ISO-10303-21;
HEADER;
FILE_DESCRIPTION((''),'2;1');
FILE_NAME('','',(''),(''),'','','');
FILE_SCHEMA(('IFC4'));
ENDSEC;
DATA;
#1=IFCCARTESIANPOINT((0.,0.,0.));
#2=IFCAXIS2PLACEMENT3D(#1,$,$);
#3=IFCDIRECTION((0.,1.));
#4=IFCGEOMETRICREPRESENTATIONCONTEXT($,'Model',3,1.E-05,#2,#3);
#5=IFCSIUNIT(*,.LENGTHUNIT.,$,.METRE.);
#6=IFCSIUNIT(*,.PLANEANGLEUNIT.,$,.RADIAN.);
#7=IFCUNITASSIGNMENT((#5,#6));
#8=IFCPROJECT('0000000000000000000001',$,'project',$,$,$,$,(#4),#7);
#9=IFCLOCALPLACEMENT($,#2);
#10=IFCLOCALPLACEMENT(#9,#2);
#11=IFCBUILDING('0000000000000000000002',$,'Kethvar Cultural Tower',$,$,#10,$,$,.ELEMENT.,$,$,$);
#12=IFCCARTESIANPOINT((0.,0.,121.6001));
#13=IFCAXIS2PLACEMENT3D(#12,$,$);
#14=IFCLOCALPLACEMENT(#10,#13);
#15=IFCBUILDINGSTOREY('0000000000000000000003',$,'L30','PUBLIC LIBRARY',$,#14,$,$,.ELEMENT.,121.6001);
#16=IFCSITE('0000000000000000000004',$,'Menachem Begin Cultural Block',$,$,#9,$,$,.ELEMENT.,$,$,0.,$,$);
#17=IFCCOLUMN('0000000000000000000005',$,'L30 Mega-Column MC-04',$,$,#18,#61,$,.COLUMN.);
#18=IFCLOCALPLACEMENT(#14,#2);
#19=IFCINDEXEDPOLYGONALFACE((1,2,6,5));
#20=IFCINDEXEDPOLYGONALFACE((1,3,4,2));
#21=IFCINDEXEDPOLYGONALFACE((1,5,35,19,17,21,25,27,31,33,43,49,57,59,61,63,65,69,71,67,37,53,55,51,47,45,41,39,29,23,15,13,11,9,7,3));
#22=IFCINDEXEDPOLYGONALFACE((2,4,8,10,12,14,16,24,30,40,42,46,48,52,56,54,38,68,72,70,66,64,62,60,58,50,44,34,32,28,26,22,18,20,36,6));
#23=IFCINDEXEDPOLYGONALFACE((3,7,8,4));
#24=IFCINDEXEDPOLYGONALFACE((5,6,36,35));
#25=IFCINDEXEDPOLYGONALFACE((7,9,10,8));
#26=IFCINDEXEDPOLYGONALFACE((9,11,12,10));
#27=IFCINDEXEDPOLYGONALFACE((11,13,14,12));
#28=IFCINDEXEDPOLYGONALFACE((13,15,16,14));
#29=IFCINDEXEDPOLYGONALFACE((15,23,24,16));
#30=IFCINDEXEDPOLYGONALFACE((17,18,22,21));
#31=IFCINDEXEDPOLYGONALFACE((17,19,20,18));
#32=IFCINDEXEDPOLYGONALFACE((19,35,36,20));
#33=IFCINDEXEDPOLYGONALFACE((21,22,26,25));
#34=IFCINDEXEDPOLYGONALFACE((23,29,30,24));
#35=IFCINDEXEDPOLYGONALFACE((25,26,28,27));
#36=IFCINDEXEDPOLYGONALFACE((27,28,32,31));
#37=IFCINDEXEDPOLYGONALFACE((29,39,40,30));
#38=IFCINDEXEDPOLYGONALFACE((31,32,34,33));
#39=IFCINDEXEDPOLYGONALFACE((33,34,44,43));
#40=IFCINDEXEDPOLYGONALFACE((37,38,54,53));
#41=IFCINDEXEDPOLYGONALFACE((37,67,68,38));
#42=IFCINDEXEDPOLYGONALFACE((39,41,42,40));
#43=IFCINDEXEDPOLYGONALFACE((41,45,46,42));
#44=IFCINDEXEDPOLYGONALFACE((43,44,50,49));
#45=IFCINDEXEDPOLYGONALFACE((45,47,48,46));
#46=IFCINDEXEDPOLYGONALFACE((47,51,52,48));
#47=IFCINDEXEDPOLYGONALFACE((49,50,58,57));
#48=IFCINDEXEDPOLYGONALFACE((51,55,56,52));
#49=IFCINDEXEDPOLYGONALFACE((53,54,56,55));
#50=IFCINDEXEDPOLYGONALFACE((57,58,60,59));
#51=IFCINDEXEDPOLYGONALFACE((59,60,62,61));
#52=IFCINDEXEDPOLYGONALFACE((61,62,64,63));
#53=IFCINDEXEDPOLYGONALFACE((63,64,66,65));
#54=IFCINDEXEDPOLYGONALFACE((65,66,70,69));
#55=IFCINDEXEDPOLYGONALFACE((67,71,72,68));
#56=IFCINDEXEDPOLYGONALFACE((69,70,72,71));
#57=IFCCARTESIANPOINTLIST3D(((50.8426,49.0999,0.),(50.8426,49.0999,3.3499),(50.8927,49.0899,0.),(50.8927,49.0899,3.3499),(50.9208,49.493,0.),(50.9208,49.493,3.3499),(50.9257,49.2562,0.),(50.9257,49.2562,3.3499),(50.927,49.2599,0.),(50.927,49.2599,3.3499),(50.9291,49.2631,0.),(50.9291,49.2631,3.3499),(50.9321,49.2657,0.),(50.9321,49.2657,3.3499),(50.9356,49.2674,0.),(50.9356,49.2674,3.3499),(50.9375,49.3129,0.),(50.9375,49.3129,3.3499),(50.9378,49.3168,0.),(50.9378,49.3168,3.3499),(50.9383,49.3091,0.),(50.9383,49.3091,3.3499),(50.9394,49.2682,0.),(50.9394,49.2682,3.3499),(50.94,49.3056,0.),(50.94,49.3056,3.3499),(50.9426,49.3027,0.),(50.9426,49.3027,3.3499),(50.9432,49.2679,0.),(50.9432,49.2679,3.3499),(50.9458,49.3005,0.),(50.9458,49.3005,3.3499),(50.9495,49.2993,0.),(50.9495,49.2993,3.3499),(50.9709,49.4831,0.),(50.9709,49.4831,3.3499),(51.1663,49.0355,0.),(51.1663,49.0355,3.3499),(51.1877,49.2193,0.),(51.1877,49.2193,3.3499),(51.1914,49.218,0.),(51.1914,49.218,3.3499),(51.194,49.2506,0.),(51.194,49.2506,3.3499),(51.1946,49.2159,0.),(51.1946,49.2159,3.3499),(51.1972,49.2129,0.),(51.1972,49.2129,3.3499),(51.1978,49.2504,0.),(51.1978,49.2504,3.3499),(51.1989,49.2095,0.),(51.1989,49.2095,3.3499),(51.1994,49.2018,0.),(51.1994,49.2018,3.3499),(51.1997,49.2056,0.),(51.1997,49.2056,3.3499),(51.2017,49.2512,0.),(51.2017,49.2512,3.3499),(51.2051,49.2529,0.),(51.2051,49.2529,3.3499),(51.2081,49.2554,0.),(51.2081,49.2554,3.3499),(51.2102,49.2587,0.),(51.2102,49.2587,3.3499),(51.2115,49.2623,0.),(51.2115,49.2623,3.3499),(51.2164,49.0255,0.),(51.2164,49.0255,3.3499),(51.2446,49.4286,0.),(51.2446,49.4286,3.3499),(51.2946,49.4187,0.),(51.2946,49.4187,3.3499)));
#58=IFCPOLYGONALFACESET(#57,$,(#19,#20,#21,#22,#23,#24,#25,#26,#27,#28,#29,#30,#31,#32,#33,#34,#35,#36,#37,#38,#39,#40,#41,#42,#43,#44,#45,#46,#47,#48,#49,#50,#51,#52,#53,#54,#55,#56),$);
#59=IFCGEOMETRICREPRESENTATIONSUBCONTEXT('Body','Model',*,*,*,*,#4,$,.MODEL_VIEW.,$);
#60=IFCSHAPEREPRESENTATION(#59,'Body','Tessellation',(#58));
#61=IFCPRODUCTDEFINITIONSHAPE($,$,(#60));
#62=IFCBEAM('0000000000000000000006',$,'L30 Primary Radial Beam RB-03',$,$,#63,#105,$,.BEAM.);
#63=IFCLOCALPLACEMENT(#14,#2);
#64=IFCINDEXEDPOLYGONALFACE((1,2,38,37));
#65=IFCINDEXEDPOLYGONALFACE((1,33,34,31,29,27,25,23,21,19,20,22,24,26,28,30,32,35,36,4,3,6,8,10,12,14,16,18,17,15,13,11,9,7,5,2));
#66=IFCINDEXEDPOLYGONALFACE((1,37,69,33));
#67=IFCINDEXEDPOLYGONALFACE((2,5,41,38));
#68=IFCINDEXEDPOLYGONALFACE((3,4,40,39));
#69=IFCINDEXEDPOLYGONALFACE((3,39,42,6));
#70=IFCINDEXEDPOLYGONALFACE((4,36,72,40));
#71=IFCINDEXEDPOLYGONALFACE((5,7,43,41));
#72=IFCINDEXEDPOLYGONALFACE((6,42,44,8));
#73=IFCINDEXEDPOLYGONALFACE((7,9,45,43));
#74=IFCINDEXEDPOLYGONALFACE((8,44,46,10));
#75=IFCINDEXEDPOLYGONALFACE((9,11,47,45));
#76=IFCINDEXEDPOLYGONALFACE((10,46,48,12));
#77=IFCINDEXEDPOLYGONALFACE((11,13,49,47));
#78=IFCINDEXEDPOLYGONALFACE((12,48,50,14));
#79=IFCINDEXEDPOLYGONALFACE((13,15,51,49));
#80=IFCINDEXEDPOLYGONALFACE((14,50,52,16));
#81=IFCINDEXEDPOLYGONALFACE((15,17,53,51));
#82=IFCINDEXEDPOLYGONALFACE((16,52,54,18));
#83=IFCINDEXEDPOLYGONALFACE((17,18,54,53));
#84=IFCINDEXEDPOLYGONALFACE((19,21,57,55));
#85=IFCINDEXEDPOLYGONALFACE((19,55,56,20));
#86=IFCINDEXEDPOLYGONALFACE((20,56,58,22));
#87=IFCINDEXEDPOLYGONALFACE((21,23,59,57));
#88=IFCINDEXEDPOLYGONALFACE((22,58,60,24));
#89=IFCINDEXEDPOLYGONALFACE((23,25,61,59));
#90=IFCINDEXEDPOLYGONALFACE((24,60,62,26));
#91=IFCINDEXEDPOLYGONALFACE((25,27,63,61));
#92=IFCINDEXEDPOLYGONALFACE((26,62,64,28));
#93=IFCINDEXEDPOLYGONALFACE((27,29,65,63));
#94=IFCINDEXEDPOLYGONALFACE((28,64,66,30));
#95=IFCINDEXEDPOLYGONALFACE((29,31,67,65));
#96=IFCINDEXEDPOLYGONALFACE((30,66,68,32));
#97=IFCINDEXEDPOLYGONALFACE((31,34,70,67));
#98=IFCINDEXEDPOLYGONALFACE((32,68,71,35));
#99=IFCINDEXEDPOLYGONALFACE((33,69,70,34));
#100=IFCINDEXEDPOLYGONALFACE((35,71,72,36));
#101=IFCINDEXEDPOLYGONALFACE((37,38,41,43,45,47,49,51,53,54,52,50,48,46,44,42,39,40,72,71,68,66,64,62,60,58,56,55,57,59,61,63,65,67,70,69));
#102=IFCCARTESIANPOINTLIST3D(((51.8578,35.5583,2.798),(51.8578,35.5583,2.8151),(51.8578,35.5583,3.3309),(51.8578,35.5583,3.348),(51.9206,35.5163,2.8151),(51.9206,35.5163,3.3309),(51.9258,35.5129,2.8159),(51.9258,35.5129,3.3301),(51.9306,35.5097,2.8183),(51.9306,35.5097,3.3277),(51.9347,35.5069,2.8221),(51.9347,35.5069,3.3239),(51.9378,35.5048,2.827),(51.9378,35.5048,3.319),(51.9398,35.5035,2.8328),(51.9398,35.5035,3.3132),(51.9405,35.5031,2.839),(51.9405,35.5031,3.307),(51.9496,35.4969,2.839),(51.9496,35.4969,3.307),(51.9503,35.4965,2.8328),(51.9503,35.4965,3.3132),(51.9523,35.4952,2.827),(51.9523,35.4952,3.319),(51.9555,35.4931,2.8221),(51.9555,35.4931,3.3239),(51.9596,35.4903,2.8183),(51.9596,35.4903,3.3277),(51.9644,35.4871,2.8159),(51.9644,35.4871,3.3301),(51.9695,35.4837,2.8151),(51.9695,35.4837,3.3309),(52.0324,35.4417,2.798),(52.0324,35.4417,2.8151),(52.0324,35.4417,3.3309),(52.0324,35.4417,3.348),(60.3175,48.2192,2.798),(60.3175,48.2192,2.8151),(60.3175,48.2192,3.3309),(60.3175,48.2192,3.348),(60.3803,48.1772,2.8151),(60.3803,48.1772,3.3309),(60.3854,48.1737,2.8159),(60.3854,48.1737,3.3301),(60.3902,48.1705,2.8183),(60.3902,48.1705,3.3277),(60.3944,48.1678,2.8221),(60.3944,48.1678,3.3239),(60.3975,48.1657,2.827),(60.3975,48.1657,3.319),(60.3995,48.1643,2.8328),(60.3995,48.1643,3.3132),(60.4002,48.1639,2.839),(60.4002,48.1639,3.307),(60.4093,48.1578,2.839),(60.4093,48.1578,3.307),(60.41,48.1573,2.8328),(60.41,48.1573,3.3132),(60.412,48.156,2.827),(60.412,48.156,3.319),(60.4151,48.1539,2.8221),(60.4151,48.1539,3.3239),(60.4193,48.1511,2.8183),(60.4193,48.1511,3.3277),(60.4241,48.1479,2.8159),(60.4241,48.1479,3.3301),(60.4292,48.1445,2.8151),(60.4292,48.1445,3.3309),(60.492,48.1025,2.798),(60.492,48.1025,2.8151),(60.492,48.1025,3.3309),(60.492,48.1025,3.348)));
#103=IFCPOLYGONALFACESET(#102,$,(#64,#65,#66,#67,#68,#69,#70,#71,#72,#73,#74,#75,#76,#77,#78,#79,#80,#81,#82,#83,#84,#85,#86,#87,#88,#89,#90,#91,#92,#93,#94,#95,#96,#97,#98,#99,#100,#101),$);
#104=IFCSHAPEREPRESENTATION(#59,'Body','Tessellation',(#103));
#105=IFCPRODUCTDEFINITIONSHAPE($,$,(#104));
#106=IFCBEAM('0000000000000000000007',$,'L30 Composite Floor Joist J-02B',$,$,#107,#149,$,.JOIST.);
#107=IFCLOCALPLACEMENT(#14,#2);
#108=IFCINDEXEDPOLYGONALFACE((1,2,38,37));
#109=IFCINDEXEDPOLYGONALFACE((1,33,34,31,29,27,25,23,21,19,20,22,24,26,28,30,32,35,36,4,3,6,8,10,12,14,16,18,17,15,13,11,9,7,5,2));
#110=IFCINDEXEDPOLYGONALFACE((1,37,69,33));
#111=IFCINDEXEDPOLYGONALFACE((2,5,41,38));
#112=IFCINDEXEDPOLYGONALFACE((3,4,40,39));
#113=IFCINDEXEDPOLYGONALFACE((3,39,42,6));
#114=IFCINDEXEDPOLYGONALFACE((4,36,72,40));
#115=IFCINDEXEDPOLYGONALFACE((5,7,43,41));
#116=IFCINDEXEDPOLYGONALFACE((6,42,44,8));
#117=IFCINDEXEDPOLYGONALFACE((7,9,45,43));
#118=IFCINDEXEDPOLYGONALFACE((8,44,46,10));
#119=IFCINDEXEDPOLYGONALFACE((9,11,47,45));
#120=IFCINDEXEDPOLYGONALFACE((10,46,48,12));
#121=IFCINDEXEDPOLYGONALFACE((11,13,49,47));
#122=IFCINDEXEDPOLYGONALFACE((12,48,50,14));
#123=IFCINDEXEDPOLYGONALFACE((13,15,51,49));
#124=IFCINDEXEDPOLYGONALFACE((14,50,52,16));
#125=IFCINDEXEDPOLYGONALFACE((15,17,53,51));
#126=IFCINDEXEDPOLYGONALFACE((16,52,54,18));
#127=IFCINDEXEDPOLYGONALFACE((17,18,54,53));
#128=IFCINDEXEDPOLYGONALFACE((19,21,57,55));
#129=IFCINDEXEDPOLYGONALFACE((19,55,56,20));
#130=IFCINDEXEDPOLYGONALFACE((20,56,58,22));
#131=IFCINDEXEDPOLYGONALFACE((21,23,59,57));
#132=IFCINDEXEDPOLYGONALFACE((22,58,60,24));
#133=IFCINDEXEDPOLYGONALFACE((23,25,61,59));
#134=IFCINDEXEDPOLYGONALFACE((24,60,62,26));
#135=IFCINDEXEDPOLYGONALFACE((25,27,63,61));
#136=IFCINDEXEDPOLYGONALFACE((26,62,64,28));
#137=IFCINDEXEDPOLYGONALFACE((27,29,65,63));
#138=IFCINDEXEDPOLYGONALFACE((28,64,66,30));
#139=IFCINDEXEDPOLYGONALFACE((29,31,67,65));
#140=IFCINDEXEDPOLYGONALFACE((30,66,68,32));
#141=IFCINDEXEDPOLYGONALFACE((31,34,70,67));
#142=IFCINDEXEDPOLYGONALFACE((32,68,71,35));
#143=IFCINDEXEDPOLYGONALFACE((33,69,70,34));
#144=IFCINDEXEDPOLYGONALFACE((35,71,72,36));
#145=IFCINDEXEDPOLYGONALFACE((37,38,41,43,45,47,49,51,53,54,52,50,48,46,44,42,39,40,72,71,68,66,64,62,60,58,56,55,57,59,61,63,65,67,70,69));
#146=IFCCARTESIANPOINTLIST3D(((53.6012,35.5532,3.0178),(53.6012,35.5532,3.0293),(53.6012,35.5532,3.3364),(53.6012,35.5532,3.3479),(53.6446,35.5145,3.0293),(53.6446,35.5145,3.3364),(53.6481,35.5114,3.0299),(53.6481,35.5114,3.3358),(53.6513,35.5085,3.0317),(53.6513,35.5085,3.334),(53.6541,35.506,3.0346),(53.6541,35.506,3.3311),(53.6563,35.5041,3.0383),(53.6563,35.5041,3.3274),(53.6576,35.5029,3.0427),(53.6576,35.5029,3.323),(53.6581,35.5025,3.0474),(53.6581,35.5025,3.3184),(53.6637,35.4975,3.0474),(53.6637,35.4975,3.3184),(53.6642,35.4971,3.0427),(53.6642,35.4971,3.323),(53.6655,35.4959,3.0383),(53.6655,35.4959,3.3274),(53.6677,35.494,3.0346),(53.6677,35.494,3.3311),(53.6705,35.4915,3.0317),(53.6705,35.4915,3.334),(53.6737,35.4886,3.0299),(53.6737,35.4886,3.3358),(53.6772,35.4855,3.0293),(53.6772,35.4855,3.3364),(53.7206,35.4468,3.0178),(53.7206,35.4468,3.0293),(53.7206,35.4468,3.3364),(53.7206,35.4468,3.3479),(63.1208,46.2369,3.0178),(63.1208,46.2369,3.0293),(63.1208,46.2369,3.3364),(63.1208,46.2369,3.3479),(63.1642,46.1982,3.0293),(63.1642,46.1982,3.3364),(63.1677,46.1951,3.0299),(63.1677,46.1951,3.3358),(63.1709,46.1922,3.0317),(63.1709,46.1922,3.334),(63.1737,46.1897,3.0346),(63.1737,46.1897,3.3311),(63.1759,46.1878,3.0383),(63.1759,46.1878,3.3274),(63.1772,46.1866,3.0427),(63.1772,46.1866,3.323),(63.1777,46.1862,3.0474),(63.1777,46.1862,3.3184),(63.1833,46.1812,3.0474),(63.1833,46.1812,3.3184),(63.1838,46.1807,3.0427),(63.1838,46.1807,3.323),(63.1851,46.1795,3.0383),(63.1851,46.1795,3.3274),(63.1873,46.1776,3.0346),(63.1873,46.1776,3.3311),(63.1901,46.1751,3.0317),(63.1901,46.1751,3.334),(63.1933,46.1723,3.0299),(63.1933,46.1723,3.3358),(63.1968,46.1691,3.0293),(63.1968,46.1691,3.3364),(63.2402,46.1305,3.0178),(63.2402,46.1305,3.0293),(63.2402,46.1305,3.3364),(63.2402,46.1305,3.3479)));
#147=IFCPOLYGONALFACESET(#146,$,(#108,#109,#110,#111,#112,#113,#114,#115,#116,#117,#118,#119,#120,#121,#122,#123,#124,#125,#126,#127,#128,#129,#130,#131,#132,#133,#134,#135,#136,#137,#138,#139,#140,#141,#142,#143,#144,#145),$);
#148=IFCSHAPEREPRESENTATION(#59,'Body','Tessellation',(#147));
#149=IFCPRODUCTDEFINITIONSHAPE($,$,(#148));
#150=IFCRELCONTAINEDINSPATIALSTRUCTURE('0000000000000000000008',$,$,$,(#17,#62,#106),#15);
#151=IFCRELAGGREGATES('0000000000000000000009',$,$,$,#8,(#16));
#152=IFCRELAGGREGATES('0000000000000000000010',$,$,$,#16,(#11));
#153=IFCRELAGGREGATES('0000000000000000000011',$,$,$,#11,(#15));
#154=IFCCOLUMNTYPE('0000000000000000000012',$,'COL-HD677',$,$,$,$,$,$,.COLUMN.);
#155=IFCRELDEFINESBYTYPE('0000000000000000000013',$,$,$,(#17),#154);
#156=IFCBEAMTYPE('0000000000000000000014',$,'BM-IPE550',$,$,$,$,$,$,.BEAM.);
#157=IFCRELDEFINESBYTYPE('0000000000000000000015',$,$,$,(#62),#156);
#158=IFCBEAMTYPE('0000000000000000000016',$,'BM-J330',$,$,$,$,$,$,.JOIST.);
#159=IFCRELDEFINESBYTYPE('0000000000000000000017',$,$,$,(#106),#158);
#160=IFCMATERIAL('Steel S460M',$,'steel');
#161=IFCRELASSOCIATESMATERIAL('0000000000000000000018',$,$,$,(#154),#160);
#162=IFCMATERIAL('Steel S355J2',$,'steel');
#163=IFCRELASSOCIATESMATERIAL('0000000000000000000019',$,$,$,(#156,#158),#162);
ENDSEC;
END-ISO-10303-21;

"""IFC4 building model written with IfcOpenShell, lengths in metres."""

from ifc_helpers import new_model, si_unit, direction, frame, origin, origin_2d, place, context, subcontext, project, spatial, i_section, extrude, source, transform, mapped, material, material_profile, profile_set, type_object, element, save


model = new_model("IFC4")

# Units and contexts
model_context = context("Model", 3, precision=1e-05, world=origin(), true_north=direction((0.0, 1.0)))
body_context = subcontext(model_context, "Body", "Model", "MODEL_VIEW")
ifc_project = project(units=[si_unit("LENGTHUNIT", "METRE"), si_unit("PLANEANGLEUNIT", "RADIAN")], contexts=[model_context])

# Site, building, storey
site_placement = place(None, origin())
site = spatial("IfcSite", under=ifc_project, at=site_placement, Name="Menachem Begin Cultural Block", CompositionType="ELEMENT", RefElevation=0.0)
building_placement = place(site_placement, origin())
building = spatial("IfcBuilding", under=site, at=building_placement, Name="Kethvar Cultural Tower", CompositionType="ELEMENT")
storey_placement = place(building_placement, frame((0.0, 0.0, 121.6001)))
storey = spatial("IfcBuildingStorey", under=building, at=storey_placement, Name="L30", Description="PUBLIC LIBRARY", CompositionType="ELEMENT", Elevation=121.6001)

# Column
ifc_material_1 = material(Name="Steel S460M", Category="steel")
ifc_material_profile_1 = material_profile(ifc_material_1, i_section(OverallWidth=0.4009, OverallDepth=0.3811, WebThickness=0.032, FlangeThickness=0.051, FilletRadius=0.0149, at=origin_2d()), Name="Steel S460M — HD400x677")
ifc_profile_set_1 = profile_set([ifc_material_profile_1], Name="Steel S460M — HD400x677")
column_type = type_object("IfcColumnType", Name="COL-HD677", PredefinedType="COLUMN", material=ifc_profile_set_1)
shared_shape_1 = source(origin(), body_context, "Body", "SweptSolid", [
    extrude(i_section(OverallWidth=0.4009, OverallDepth=0.3811, WebThickness=0.032, FlangeThickness=0.051, FilletRadius=0.0149, at=origin_2d()), origin(), (0.0, 0.0, 1.0), 3.3499),
])
column_placement = place(storey_placement, frame((51.0686, 49.2593, 0.0), z_axis=(0.0, 0.0, 1.0), x_axis=(0.19509, 0.980785, 0.0)))
element("IfcColumn", 1, at=column_placement, inside=storey, type_object=column_type, Name="L30 Mega-Column MC-04", PredefinedType="COLUMN", context=body_context, shape_type="MappedRepresentation", body=[
    mapped(shared_shape_1, transform((0.0, 0.0, 0.0), scale=1.0)),
])

# Beams
ifc_material_2 = material(Name="Steel S355J2", Category="steel")
ifc_material_profile_2 = material_profile(ifc_material_2, i_section(OverallWidth=0.21, OverallDepth=0.55, WebThickness=0.011, FlangeThickness=0.0171, FilletRadius=0.0239, at=origin_2d()), Name="Steel S355J2 — IPE550")
ifc_profile_set_2 = profile_set([ifc_material_profile_2], Name="Steel S355J2 — IPE550")
beam_type_1 = type_object("IfcBeamType", Name="BM-IPE550", PredefinedType="BEAM", material=ifc_profile_set_2)
shared_shape_2 = source(origin(), body_context, "Body", "SweptSolid", [
    extrude(i_section(OverallWidth=0.21, OverallDepth=0.55, WebThickness=0.011, FlangeThickness=0.0171, FilletRadius=0.0239, at=origin_2d()), origin(), (0.0, 0.0, 1.0), 15.2271),
])
beam_1_placement = place(storey_placement, frame((51.9451, 35.5, 3.073), z_axis=(0.555569, 0.83147, 0.0), x_axis=(-0.83147, 0.555569, 0.0)))
element("IfcBeam", 2, at=beam_1_placement, inside=storey, type_object=beam_type_1, Name="L30 Primary Radial Beam RB-03", PredefinedType="BEAM", context=body_context, shape_type="MappedRepresentation", body=[
    mapped(shared_shape_2, transform((0.0, 0.0, 0.0), scale=1.0)),
])
ifc_material_profile_3 = material_profile(ifc_material_2, i_section(OverallWidth=0.1599, OverallDepth=0.3301, WebThickness=0.0076, FlangeThickness=0.0115, FilletRadius=0.0181, at=origin_2d()), Name="Steel S355J2 — IPE330")
ifc_profile_set_3 = profile_set([ifc_material_profile_3], Name="Steel S355J2 — IPE330")
beam_type_2 = type_object("IfcBeamType", Name="BM-J330", PredefinedType="JOIST", material=ifc_profile_set_3)
shared_shape_3 = source(origin(), body_context, "Body", "SweptSolid", [
    extrude(i_section(OverallWidth=0.1599, OverallDepth=0.3301, WebThickness=0.0076, FlangeThickness=0.0115, FilletRadius=0.0181, at=origin_2d()), origin(), (0.0, 0.0, 1.0), 14.3096),
])
beam_2_placement = place(storey_placement, frame((53.6609, 35.5, 3.1829), z_axis=(0.665261, 0.746611, 0.0), x_axis=(-0.746611, 0.665261, 0.0)))
element("IfcBeam", 3, at=beam_2_placement, inside=storey, type_object=beam_type_2, Name="L30 Composite Floor Joist J-02B", PredefinedType="JOIST", context=body_context, shape_type="MappedRepresentation", body=[
    mapped(shared_shape_3, transform((0.0, 0.0, 0.0), scale=1.0)),
])

save(model, "model.ifc")
